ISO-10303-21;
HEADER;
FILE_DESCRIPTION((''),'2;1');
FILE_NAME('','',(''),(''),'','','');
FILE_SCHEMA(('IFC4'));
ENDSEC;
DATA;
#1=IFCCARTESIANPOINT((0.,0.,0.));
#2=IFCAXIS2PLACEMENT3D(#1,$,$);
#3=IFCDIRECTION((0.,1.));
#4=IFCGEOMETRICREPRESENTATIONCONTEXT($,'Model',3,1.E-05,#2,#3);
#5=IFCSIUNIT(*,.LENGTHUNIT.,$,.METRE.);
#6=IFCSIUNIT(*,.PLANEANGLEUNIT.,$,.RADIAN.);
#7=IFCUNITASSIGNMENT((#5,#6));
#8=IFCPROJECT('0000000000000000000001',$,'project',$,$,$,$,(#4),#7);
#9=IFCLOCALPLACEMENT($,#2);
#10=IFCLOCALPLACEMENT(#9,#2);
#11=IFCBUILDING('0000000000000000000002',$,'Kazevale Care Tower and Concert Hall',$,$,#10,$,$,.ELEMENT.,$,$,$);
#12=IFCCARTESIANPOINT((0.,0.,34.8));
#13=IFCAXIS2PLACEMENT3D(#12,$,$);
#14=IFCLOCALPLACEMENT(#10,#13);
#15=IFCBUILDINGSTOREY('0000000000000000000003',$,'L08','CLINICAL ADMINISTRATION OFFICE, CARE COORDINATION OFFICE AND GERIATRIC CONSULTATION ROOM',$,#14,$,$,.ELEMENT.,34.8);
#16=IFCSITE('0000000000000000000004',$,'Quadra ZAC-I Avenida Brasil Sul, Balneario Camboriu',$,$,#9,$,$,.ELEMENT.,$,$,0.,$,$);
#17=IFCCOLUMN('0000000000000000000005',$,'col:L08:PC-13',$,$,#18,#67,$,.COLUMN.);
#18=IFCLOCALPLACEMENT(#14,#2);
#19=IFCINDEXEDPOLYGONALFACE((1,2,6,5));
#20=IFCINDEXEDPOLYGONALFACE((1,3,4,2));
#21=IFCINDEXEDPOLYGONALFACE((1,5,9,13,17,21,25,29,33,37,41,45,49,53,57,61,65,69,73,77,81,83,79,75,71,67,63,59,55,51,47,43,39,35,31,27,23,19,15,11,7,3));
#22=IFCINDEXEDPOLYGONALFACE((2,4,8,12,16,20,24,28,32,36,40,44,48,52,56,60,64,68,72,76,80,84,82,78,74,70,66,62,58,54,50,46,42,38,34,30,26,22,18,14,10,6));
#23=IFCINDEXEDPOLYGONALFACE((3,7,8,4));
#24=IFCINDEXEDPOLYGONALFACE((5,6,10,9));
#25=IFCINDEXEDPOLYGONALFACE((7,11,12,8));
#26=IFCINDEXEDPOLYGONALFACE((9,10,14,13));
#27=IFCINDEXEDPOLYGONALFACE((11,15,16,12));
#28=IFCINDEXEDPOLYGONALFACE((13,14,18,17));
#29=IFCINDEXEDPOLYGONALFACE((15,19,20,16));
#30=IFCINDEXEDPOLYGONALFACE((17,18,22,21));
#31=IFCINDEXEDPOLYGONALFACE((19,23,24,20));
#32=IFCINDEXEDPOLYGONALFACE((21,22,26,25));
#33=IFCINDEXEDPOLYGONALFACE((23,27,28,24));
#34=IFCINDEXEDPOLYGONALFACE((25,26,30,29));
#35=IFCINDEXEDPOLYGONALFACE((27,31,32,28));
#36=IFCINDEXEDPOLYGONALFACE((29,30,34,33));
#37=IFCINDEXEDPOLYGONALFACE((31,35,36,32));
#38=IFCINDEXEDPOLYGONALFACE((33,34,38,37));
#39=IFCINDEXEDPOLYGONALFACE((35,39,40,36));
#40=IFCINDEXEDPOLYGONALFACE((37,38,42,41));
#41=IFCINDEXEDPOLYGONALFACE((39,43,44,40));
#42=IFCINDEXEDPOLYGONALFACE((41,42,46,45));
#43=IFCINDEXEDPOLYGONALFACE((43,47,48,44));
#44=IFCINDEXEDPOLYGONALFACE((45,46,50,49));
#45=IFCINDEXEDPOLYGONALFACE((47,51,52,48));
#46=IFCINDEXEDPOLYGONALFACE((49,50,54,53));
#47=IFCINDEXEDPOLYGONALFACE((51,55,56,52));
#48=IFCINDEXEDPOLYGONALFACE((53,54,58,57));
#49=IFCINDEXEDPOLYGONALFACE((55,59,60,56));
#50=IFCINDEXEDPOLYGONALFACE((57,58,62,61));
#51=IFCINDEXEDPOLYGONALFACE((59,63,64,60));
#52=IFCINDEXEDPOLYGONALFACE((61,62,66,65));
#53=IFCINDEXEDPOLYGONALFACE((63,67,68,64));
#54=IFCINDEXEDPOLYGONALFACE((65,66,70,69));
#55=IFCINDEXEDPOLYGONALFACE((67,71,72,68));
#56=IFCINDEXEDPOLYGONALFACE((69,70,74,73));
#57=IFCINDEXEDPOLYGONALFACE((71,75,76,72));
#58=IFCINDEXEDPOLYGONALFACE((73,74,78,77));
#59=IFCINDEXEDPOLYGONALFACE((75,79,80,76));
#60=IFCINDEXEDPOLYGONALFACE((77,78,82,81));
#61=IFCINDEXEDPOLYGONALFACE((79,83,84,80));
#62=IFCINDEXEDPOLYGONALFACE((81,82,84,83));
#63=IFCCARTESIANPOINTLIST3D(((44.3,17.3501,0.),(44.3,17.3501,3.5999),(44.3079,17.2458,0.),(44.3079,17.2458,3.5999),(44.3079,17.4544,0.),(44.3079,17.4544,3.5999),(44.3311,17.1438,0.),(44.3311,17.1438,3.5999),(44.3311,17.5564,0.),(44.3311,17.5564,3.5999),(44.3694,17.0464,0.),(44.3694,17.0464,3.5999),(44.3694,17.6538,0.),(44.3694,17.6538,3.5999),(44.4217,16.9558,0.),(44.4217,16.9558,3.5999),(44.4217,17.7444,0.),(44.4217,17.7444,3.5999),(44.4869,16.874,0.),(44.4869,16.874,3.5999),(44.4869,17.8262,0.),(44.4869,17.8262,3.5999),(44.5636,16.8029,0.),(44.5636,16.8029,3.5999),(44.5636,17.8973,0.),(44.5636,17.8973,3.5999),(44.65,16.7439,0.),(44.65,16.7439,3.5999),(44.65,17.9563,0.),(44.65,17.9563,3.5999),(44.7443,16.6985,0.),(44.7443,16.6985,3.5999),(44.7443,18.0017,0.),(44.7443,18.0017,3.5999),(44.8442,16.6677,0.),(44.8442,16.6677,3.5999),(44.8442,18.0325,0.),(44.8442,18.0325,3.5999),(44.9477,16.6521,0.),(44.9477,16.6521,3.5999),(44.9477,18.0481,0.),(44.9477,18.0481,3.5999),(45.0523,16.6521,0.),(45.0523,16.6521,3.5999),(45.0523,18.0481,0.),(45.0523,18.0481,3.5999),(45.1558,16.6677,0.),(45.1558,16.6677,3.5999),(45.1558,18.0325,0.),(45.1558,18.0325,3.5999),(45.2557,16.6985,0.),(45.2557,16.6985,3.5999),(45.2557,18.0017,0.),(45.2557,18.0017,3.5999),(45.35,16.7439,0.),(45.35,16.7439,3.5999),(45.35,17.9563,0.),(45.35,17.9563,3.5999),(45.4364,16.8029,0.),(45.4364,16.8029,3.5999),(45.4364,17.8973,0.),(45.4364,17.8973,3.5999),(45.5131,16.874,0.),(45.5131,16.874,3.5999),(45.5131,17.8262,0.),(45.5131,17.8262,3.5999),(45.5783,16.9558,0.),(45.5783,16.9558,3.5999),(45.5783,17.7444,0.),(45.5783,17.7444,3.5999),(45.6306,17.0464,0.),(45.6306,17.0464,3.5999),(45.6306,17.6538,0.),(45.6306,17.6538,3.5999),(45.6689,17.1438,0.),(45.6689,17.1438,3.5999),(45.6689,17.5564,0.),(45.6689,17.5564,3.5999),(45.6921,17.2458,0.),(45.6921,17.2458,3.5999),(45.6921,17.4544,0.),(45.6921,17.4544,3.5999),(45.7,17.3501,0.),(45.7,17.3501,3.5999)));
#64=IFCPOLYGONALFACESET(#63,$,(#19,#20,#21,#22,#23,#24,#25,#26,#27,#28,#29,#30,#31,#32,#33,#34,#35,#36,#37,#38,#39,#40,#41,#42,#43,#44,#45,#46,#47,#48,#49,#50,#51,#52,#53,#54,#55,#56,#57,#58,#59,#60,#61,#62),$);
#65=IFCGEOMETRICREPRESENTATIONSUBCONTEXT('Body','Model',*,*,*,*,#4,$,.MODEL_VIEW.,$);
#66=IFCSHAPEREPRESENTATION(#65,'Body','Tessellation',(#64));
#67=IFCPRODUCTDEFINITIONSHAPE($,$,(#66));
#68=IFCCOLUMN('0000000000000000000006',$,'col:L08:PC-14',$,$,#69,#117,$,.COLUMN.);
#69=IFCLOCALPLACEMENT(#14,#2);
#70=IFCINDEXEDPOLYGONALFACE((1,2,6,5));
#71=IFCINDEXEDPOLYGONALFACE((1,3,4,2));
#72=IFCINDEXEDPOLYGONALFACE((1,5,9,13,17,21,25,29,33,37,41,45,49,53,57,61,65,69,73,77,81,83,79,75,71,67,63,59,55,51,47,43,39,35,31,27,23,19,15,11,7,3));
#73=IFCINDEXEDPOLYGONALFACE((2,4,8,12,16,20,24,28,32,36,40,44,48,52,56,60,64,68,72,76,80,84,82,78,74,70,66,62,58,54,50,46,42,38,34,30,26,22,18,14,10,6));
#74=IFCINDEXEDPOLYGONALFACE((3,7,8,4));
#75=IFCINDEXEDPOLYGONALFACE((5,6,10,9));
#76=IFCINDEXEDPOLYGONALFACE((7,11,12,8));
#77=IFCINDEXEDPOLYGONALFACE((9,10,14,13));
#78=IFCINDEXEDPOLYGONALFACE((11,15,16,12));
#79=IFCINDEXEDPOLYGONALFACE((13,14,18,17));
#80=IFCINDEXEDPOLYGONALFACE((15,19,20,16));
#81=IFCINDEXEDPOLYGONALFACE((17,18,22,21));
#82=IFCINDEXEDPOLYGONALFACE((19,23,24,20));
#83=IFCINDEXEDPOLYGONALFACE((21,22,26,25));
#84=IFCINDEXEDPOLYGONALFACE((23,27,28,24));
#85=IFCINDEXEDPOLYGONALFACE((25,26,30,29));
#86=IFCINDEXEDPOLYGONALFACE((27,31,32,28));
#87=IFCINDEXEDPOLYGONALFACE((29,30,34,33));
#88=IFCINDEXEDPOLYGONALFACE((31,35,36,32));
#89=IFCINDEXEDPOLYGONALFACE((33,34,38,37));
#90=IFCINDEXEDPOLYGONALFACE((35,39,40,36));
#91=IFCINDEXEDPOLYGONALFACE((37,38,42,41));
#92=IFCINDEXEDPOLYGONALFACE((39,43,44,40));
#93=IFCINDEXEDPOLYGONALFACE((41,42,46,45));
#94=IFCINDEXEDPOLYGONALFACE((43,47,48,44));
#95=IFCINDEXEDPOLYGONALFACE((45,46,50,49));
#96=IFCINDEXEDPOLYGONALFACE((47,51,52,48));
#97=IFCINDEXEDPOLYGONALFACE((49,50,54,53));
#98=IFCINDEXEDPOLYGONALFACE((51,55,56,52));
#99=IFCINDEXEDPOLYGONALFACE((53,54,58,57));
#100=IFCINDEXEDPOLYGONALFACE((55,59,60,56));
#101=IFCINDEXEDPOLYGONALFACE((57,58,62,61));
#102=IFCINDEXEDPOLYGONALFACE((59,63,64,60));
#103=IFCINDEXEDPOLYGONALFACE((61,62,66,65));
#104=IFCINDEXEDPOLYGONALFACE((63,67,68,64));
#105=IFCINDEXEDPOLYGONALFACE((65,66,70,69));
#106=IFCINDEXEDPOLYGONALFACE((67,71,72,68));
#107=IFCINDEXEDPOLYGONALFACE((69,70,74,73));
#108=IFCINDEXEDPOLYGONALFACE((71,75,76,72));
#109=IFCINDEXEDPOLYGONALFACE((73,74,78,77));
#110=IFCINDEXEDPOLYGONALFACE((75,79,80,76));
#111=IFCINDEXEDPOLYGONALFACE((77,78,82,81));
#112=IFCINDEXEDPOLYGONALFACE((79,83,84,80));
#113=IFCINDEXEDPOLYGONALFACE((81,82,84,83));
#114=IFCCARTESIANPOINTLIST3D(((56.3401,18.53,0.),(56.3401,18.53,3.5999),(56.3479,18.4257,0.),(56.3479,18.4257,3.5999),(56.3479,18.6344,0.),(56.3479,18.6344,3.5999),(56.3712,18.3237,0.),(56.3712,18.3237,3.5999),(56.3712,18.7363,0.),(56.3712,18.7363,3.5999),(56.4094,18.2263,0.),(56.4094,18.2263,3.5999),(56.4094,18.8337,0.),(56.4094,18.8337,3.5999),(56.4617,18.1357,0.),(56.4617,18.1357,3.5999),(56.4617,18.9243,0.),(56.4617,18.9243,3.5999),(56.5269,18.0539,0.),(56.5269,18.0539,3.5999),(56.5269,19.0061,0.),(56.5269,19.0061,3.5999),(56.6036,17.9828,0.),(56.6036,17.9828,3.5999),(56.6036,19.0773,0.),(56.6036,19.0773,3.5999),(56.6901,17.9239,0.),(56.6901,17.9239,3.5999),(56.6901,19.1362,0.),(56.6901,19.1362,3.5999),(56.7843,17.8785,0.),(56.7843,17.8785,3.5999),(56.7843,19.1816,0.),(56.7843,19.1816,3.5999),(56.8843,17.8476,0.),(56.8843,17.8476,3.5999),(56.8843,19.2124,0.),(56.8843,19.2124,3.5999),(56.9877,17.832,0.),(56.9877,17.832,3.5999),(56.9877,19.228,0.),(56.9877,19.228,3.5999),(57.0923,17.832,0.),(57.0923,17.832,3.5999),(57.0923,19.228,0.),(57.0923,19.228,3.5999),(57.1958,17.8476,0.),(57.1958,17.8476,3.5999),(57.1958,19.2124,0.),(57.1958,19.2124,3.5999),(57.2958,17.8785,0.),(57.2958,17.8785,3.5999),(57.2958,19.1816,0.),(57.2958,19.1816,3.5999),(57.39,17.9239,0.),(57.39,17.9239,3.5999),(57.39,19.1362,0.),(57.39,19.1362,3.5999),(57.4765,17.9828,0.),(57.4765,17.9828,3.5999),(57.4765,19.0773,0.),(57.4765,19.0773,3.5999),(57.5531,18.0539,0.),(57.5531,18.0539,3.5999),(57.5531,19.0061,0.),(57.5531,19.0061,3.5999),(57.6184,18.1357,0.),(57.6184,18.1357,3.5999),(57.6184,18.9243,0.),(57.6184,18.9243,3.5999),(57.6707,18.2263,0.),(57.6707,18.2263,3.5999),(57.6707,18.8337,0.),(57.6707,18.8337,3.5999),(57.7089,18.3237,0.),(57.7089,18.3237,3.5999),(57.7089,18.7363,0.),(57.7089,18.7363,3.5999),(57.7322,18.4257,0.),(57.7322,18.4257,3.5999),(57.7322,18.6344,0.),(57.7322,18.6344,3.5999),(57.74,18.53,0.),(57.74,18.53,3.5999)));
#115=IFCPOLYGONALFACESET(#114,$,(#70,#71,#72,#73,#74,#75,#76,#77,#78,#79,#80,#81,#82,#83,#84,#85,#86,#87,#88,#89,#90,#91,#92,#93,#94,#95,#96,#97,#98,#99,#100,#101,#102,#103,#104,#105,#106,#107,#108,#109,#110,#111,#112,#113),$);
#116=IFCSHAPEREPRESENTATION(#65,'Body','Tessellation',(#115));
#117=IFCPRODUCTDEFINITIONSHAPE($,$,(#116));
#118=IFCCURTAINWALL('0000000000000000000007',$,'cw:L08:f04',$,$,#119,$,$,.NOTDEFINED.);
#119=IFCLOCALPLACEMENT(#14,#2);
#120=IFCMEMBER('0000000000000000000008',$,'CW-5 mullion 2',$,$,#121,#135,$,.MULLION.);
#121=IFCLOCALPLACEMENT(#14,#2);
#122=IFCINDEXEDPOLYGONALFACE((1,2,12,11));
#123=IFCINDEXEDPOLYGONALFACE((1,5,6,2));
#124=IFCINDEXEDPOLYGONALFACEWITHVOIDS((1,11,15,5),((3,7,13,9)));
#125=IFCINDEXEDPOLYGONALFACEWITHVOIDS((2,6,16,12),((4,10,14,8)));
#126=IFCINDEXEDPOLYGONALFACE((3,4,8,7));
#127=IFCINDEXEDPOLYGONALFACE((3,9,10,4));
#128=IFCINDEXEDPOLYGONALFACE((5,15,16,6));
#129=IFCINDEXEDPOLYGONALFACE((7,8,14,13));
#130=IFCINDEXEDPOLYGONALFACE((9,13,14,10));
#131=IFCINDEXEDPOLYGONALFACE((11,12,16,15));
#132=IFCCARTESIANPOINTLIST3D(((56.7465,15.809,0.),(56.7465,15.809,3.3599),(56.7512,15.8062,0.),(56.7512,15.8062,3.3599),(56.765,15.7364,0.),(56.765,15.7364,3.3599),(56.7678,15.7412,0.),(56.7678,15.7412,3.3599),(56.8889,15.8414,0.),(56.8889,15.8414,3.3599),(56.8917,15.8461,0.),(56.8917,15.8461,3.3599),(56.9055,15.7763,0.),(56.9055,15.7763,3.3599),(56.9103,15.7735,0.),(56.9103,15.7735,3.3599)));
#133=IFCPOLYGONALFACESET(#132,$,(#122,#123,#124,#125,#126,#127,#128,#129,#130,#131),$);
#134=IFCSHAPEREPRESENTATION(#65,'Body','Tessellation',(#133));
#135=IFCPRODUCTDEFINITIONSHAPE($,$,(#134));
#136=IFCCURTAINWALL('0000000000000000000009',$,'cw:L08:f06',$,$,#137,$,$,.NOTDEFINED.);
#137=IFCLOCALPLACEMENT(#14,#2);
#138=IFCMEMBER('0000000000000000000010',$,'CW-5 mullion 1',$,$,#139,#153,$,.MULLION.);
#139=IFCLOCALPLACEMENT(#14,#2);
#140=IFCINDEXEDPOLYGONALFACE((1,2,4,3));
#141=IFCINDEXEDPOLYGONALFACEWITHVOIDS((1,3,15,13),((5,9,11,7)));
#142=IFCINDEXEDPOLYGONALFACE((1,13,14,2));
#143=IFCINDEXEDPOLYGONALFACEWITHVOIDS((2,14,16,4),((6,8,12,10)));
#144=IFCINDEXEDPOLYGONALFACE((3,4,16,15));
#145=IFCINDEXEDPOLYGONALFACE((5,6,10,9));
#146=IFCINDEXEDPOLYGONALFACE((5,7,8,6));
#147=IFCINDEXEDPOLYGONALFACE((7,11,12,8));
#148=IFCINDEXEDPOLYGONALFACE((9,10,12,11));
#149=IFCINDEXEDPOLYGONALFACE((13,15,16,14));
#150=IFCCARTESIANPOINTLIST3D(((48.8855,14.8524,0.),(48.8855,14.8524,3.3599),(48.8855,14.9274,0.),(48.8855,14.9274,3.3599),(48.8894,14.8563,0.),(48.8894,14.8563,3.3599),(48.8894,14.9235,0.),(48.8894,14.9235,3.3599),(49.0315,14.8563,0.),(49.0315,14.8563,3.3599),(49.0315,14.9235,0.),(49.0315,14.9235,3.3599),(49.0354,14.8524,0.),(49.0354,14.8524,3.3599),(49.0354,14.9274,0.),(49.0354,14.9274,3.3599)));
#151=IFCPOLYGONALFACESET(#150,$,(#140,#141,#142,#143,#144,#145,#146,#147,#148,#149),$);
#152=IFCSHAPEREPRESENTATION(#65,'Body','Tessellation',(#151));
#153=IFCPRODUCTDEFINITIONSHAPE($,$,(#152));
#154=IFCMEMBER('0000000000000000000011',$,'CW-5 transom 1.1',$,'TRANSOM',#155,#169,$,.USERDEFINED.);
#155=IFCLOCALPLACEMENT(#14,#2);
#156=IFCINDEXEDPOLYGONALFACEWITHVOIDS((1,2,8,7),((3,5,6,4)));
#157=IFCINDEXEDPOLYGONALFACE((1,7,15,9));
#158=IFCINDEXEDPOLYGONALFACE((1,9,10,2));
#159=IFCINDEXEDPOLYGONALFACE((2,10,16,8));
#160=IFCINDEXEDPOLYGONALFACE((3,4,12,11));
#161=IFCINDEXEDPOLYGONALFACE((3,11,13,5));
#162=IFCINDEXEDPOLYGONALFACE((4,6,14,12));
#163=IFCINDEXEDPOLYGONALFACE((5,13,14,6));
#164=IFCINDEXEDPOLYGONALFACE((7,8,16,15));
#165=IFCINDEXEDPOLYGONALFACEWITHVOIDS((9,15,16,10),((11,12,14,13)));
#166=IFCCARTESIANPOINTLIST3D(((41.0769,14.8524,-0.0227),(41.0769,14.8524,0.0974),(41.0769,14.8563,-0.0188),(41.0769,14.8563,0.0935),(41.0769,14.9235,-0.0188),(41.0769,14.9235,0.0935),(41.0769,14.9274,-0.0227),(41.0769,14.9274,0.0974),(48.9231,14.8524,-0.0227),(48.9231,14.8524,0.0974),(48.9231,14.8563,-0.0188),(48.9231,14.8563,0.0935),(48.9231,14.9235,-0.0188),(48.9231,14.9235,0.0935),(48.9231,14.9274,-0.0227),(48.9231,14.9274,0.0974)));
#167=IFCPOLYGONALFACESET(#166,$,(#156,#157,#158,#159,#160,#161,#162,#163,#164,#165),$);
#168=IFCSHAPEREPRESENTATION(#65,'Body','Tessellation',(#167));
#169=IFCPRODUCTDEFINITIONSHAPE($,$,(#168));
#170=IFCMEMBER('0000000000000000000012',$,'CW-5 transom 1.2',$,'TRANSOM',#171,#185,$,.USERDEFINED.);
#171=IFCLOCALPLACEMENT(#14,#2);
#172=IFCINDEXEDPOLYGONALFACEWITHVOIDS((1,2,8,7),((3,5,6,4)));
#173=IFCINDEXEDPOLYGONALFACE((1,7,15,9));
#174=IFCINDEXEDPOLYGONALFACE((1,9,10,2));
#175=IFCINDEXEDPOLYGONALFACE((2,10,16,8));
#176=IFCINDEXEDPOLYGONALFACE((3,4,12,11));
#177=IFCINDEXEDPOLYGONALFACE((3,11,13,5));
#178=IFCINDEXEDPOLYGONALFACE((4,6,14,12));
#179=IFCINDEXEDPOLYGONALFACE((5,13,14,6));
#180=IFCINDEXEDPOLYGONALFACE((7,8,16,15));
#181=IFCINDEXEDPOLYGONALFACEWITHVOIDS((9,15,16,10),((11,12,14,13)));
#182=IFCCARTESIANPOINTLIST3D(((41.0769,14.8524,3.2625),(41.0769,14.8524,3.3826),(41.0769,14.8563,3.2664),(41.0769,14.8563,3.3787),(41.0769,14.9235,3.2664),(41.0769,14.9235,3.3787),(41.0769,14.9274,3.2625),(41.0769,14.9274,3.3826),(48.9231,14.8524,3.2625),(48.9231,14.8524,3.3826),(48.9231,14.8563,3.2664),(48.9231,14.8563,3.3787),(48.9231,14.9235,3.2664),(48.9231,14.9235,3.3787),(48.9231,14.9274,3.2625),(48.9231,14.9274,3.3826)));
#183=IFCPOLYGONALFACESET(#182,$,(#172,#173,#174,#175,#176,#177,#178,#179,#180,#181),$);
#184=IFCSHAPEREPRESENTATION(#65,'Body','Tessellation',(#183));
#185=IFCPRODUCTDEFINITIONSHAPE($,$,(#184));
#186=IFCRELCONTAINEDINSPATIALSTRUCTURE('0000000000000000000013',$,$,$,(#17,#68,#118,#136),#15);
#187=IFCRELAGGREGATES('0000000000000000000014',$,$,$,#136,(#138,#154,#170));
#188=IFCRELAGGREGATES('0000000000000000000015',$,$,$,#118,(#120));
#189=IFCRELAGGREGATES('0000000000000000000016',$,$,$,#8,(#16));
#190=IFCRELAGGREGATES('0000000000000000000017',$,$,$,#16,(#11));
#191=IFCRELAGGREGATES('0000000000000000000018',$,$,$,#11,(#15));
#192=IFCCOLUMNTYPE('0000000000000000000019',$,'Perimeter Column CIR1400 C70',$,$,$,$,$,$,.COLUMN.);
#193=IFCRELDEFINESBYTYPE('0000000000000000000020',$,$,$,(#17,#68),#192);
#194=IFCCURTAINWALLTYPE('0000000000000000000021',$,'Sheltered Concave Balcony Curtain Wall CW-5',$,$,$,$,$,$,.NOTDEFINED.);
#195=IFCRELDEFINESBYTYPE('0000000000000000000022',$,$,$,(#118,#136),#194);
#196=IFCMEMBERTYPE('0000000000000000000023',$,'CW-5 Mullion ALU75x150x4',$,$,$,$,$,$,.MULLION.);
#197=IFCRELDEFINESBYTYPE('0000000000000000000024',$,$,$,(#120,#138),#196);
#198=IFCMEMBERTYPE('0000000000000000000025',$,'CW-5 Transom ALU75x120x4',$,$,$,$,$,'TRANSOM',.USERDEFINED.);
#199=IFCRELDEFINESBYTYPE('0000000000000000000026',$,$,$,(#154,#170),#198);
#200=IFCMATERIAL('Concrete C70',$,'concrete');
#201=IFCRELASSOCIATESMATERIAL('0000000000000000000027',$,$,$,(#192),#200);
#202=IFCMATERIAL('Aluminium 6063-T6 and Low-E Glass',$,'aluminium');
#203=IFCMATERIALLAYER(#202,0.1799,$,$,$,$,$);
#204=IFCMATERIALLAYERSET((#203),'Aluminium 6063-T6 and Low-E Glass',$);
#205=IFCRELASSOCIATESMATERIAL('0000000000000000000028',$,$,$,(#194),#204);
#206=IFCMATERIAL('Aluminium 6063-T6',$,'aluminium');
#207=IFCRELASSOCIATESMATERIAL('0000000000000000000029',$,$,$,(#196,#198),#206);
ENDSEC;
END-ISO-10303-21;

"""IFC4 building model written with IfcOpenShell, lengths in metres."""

from ifc_helpers import new_model, si_unit, direction, frame, origin, origin_2d, place, context, subcontext, project, spatial, hollow_rectangle, circle, extrude, material, layer, layer_set, material_profile, profile_set, type_object, element, aggregate, save


model = new_model("IFC4")

# Units and contexts
model_context = context("Model", 3, precision=1e-05, world=origin(), true_north=direction((0.0, 1.0)))
body_context = subcontext(model_context, "Body", "Model", "MODEL_VIEW")
ifc_project = project(units=[si_unit("LENGTHUNIT", "METRE"), si_unit("PLANEANGLEUNIT", "RADIAN")], contexts=[model_context])

# Site, building, storey
site_placement = place(None, origin())
site = spatial("IfcSite", under=ifc_project, at=site_placement, Name="Quadra ZAC-I Avenida Brasil Sul, Balneario Camboriu", CompositionType="ELEMENT", RefElevation=0.0)
building_placement = place(site_placement, origin())
building = spatial("IfcBuilding", under=site, at=building_placement, Name="Kazevale Care Tower and Concert Hall", CompositionType="ELEMENT")
storey_placement = place(building_placement, frame((0.0, 0.0, 34.8)))
storey = spatial("IfcBuildingStorey", under=building, at=storey_placement, Name="L08", Description="CLINICAL ADMINISTRATION OFFICE, CARE COORDINATION OFFICE AND GERIATRIC CONSULTATION ROOM", CompositionType="ELEMENT", Elevation=34.8)

# Columns
ifc_material_1 = material(Name="Concrete C70", Category="concrete")
ifc_material_profile_1 = material_profile(ifc_material_1, circle(Radius=0.7, at=origin_2d()), Name="RC-CIR1400")
ifc_profile_set_1 = profile_set([ifc_material_profile_1], Name="Concrete C70")
column_type = type_object("IfcColumnType", Name="Perimeter Column CIR1400 C70", PredefinedType="COLUMN", material=ifc_profile_set_1)
for number, where, z_axis, x_axis, name in (
    (1, (45.0, 17.3501, 0.0), (0.0, 0.0, 1.0), (1.0, 0.0, 0.0), "col:L08:PC-13"),
    (2, (57.04, 18.53, 0.0), (0.0, 0.0, 1.0), (1.0, 0.0, 0.0), "col:L08:PC-14"),
):
    element("IfcColumn", number, at=place(storey_placement, frame(where, z_axis=z_axis, x_axis=x_axis)), inside=storey, type_object=column_type, Name=name, PredefinedType="COLUMN", context=body_context, shape_type="SweptSolid", body=[
        extrude(circle(Radius=0.7, at=origin_2d()), origin(), (0.0, 0.0, 1.0), 3.5999),
    ])

# Curtain wall, member
ifc_material_2 = material(Name="Aluminium 6063-T6 and Low-E Glass", Category="aluminium")
ifc_layer_1 = layer(ifc_material_2, 0.1799)
ifc_layer_set_1 = layer_set([ifc_layer_1], Name="Aluminium 6063-T6 and Low-E Glass")
curtain_wall_type = type_object("IfcCurtainWallType", Name="Sheltered Concave Balcony Curtain Wall CW-5", PredefinedType="NOTDEFINED", material=ifc_layer_set_1)
curtain_wall_1_placement = place(storey_placement, origin())
curtain_wall_1 = element("IfcCurtainWall", 3, at=curtain_wall_1_placement, inside=storey, type_object=curtain_wall_type, Name="cw:L08:f04", PredefinedType="NOTDEFINED")
ifc_material_3 = material(Name="Aluminium 6063-T6", Category="aluminium")
ifc_material_profile_2 = material_profile(ifc_material_3, hollow_rectangle(XDim=0.075, YDim=0.1499, WallThickness=0.0039, at=origin_2d()), Name="ALU75x150x4")
ifc_profile_set_2 = profile_set([ifc_material_profile_2], Name="Aluminium 6063-T6")
member_type_1 = type_object("IfcMemberType", Name="CW-5 Mullion ALU75x150x4", PredefinedType="MULLION", material=ifc_profile_set_2)
member_1_placement = place(storey_placement, frame((56.8284, 15.7913, 0.0), z_axis=(0.0, 0.0, 1.0), x_axis=(0.247222, -0.968959, 0.0)))
member_1 = element("IfcMember", 4, at=member_1_placement, type_object=member_type_1, Name="CW-5 mullion 2", PredefinedType="MULLION", context=body_context, shape_type="SweptSolid", body=[
    extrude(hollow_rectangle(XDim=0.075, YDim=0.1499, WallThickness=0.0039, at=origin_2d()), origin(), (0.0, 0.0, 1.0), 3.3599),
])

# Curtain wall, members
curtain_wall_2_placement = place(storey_placement, origin())
curtain_wall_2 = element("IfcCurtainWall", 5, at=curtain_wall_2_placement, inside=storey, type_object=curtain_wall_type, Name="cw:L08:f06", PredefinedType="NOTDEFINED")
member_2_placement = place(storey_placement, frame((48.9604, 14.8899, 0.0), z_axis=(0.0, 0.0, 1.0), x_axis=(0.0, -1.0, 0.0)))
member_2 = element("IfcMember", 6, at=member_2_placement, type_object=member_type_1, Name="CW-5 mullion 1", PredefinedType="MULLION", context=body_context, shape_type="SweptSolid", body=[
    extrude(hollow_rectangle(XDim=0.075, YDim=0.1499, WallThickness=0.0039, at=origin_2d()), origin(), (0.0, 0.0, 1.0), 3.3599),
])
ifc_material_profile_3 = material_profile(ifc_material_3, hollow_rectangle(XDim=0.075, YDim=0.1201, WallThickness=0.0039, at=origin_2d()), Name="ALU75x120x4")
ifc_profile_set_3 = profile_set([ifc_material_profile_3], Name="Aluminium 6063-T6")
member_type_2 = type_object("IfcMemberType", Name="CW-5 Transom ALU75x120x4", ElementType="TRANSOM", PredefinedType="USERDEFINED", material=ifc_profile_set_3)
member_3_placement = place(storey_placement, frame((48.9231, 14.8899, 0.0374), z_axis=(-1.0, 0.0, 0.0), x_axis=(0.0, -1.0, 0.0)))
member_3 = element("IfcMember", 7, at=member_3_placement, type_object=member_type_2, Name="CW-5 transom 1.1", ObjectType="TRANSOM", PredefinedType="USERDEFINED", context=body_context, shape_type="SweptSolid", body=[
    extrude(hollow_rectangle(XDim=0.075, YDim=0.1201, WallThickness=0.0039, at=origin_2d()), origin(), (0.0, 0.0, 1.0), 7.8462),
])
member_4_placement = place(storey_placement, frame((48.9231, 14.8899, 3.3225), z_axis=(-1.0, 0.0, 0.0), x_axis=(0.0, -1.0, 0.0)))
member_4 = element("IfcMember", 8, at=member_4_placement, type_object=member_type_2, Name="CW-5 transom 1.2", ObjectType="TRANSOM", PredefinedType="USERDEFINED", context=body_context, shape_type="SweptSolid", body=[
    extrude(hollow_rectangle(XDim=0.075, YDim=0.1201, WallThickness=0.0039, at=origin_2d()), origin(), (0.0, 0.0, 1.0), 7.8462),
])
aggregate(curtain_wall_2, [member_2, member_3, member_4])

aggregate(curtain_wall_1, [member_1])

save(model, "model.ifc")
